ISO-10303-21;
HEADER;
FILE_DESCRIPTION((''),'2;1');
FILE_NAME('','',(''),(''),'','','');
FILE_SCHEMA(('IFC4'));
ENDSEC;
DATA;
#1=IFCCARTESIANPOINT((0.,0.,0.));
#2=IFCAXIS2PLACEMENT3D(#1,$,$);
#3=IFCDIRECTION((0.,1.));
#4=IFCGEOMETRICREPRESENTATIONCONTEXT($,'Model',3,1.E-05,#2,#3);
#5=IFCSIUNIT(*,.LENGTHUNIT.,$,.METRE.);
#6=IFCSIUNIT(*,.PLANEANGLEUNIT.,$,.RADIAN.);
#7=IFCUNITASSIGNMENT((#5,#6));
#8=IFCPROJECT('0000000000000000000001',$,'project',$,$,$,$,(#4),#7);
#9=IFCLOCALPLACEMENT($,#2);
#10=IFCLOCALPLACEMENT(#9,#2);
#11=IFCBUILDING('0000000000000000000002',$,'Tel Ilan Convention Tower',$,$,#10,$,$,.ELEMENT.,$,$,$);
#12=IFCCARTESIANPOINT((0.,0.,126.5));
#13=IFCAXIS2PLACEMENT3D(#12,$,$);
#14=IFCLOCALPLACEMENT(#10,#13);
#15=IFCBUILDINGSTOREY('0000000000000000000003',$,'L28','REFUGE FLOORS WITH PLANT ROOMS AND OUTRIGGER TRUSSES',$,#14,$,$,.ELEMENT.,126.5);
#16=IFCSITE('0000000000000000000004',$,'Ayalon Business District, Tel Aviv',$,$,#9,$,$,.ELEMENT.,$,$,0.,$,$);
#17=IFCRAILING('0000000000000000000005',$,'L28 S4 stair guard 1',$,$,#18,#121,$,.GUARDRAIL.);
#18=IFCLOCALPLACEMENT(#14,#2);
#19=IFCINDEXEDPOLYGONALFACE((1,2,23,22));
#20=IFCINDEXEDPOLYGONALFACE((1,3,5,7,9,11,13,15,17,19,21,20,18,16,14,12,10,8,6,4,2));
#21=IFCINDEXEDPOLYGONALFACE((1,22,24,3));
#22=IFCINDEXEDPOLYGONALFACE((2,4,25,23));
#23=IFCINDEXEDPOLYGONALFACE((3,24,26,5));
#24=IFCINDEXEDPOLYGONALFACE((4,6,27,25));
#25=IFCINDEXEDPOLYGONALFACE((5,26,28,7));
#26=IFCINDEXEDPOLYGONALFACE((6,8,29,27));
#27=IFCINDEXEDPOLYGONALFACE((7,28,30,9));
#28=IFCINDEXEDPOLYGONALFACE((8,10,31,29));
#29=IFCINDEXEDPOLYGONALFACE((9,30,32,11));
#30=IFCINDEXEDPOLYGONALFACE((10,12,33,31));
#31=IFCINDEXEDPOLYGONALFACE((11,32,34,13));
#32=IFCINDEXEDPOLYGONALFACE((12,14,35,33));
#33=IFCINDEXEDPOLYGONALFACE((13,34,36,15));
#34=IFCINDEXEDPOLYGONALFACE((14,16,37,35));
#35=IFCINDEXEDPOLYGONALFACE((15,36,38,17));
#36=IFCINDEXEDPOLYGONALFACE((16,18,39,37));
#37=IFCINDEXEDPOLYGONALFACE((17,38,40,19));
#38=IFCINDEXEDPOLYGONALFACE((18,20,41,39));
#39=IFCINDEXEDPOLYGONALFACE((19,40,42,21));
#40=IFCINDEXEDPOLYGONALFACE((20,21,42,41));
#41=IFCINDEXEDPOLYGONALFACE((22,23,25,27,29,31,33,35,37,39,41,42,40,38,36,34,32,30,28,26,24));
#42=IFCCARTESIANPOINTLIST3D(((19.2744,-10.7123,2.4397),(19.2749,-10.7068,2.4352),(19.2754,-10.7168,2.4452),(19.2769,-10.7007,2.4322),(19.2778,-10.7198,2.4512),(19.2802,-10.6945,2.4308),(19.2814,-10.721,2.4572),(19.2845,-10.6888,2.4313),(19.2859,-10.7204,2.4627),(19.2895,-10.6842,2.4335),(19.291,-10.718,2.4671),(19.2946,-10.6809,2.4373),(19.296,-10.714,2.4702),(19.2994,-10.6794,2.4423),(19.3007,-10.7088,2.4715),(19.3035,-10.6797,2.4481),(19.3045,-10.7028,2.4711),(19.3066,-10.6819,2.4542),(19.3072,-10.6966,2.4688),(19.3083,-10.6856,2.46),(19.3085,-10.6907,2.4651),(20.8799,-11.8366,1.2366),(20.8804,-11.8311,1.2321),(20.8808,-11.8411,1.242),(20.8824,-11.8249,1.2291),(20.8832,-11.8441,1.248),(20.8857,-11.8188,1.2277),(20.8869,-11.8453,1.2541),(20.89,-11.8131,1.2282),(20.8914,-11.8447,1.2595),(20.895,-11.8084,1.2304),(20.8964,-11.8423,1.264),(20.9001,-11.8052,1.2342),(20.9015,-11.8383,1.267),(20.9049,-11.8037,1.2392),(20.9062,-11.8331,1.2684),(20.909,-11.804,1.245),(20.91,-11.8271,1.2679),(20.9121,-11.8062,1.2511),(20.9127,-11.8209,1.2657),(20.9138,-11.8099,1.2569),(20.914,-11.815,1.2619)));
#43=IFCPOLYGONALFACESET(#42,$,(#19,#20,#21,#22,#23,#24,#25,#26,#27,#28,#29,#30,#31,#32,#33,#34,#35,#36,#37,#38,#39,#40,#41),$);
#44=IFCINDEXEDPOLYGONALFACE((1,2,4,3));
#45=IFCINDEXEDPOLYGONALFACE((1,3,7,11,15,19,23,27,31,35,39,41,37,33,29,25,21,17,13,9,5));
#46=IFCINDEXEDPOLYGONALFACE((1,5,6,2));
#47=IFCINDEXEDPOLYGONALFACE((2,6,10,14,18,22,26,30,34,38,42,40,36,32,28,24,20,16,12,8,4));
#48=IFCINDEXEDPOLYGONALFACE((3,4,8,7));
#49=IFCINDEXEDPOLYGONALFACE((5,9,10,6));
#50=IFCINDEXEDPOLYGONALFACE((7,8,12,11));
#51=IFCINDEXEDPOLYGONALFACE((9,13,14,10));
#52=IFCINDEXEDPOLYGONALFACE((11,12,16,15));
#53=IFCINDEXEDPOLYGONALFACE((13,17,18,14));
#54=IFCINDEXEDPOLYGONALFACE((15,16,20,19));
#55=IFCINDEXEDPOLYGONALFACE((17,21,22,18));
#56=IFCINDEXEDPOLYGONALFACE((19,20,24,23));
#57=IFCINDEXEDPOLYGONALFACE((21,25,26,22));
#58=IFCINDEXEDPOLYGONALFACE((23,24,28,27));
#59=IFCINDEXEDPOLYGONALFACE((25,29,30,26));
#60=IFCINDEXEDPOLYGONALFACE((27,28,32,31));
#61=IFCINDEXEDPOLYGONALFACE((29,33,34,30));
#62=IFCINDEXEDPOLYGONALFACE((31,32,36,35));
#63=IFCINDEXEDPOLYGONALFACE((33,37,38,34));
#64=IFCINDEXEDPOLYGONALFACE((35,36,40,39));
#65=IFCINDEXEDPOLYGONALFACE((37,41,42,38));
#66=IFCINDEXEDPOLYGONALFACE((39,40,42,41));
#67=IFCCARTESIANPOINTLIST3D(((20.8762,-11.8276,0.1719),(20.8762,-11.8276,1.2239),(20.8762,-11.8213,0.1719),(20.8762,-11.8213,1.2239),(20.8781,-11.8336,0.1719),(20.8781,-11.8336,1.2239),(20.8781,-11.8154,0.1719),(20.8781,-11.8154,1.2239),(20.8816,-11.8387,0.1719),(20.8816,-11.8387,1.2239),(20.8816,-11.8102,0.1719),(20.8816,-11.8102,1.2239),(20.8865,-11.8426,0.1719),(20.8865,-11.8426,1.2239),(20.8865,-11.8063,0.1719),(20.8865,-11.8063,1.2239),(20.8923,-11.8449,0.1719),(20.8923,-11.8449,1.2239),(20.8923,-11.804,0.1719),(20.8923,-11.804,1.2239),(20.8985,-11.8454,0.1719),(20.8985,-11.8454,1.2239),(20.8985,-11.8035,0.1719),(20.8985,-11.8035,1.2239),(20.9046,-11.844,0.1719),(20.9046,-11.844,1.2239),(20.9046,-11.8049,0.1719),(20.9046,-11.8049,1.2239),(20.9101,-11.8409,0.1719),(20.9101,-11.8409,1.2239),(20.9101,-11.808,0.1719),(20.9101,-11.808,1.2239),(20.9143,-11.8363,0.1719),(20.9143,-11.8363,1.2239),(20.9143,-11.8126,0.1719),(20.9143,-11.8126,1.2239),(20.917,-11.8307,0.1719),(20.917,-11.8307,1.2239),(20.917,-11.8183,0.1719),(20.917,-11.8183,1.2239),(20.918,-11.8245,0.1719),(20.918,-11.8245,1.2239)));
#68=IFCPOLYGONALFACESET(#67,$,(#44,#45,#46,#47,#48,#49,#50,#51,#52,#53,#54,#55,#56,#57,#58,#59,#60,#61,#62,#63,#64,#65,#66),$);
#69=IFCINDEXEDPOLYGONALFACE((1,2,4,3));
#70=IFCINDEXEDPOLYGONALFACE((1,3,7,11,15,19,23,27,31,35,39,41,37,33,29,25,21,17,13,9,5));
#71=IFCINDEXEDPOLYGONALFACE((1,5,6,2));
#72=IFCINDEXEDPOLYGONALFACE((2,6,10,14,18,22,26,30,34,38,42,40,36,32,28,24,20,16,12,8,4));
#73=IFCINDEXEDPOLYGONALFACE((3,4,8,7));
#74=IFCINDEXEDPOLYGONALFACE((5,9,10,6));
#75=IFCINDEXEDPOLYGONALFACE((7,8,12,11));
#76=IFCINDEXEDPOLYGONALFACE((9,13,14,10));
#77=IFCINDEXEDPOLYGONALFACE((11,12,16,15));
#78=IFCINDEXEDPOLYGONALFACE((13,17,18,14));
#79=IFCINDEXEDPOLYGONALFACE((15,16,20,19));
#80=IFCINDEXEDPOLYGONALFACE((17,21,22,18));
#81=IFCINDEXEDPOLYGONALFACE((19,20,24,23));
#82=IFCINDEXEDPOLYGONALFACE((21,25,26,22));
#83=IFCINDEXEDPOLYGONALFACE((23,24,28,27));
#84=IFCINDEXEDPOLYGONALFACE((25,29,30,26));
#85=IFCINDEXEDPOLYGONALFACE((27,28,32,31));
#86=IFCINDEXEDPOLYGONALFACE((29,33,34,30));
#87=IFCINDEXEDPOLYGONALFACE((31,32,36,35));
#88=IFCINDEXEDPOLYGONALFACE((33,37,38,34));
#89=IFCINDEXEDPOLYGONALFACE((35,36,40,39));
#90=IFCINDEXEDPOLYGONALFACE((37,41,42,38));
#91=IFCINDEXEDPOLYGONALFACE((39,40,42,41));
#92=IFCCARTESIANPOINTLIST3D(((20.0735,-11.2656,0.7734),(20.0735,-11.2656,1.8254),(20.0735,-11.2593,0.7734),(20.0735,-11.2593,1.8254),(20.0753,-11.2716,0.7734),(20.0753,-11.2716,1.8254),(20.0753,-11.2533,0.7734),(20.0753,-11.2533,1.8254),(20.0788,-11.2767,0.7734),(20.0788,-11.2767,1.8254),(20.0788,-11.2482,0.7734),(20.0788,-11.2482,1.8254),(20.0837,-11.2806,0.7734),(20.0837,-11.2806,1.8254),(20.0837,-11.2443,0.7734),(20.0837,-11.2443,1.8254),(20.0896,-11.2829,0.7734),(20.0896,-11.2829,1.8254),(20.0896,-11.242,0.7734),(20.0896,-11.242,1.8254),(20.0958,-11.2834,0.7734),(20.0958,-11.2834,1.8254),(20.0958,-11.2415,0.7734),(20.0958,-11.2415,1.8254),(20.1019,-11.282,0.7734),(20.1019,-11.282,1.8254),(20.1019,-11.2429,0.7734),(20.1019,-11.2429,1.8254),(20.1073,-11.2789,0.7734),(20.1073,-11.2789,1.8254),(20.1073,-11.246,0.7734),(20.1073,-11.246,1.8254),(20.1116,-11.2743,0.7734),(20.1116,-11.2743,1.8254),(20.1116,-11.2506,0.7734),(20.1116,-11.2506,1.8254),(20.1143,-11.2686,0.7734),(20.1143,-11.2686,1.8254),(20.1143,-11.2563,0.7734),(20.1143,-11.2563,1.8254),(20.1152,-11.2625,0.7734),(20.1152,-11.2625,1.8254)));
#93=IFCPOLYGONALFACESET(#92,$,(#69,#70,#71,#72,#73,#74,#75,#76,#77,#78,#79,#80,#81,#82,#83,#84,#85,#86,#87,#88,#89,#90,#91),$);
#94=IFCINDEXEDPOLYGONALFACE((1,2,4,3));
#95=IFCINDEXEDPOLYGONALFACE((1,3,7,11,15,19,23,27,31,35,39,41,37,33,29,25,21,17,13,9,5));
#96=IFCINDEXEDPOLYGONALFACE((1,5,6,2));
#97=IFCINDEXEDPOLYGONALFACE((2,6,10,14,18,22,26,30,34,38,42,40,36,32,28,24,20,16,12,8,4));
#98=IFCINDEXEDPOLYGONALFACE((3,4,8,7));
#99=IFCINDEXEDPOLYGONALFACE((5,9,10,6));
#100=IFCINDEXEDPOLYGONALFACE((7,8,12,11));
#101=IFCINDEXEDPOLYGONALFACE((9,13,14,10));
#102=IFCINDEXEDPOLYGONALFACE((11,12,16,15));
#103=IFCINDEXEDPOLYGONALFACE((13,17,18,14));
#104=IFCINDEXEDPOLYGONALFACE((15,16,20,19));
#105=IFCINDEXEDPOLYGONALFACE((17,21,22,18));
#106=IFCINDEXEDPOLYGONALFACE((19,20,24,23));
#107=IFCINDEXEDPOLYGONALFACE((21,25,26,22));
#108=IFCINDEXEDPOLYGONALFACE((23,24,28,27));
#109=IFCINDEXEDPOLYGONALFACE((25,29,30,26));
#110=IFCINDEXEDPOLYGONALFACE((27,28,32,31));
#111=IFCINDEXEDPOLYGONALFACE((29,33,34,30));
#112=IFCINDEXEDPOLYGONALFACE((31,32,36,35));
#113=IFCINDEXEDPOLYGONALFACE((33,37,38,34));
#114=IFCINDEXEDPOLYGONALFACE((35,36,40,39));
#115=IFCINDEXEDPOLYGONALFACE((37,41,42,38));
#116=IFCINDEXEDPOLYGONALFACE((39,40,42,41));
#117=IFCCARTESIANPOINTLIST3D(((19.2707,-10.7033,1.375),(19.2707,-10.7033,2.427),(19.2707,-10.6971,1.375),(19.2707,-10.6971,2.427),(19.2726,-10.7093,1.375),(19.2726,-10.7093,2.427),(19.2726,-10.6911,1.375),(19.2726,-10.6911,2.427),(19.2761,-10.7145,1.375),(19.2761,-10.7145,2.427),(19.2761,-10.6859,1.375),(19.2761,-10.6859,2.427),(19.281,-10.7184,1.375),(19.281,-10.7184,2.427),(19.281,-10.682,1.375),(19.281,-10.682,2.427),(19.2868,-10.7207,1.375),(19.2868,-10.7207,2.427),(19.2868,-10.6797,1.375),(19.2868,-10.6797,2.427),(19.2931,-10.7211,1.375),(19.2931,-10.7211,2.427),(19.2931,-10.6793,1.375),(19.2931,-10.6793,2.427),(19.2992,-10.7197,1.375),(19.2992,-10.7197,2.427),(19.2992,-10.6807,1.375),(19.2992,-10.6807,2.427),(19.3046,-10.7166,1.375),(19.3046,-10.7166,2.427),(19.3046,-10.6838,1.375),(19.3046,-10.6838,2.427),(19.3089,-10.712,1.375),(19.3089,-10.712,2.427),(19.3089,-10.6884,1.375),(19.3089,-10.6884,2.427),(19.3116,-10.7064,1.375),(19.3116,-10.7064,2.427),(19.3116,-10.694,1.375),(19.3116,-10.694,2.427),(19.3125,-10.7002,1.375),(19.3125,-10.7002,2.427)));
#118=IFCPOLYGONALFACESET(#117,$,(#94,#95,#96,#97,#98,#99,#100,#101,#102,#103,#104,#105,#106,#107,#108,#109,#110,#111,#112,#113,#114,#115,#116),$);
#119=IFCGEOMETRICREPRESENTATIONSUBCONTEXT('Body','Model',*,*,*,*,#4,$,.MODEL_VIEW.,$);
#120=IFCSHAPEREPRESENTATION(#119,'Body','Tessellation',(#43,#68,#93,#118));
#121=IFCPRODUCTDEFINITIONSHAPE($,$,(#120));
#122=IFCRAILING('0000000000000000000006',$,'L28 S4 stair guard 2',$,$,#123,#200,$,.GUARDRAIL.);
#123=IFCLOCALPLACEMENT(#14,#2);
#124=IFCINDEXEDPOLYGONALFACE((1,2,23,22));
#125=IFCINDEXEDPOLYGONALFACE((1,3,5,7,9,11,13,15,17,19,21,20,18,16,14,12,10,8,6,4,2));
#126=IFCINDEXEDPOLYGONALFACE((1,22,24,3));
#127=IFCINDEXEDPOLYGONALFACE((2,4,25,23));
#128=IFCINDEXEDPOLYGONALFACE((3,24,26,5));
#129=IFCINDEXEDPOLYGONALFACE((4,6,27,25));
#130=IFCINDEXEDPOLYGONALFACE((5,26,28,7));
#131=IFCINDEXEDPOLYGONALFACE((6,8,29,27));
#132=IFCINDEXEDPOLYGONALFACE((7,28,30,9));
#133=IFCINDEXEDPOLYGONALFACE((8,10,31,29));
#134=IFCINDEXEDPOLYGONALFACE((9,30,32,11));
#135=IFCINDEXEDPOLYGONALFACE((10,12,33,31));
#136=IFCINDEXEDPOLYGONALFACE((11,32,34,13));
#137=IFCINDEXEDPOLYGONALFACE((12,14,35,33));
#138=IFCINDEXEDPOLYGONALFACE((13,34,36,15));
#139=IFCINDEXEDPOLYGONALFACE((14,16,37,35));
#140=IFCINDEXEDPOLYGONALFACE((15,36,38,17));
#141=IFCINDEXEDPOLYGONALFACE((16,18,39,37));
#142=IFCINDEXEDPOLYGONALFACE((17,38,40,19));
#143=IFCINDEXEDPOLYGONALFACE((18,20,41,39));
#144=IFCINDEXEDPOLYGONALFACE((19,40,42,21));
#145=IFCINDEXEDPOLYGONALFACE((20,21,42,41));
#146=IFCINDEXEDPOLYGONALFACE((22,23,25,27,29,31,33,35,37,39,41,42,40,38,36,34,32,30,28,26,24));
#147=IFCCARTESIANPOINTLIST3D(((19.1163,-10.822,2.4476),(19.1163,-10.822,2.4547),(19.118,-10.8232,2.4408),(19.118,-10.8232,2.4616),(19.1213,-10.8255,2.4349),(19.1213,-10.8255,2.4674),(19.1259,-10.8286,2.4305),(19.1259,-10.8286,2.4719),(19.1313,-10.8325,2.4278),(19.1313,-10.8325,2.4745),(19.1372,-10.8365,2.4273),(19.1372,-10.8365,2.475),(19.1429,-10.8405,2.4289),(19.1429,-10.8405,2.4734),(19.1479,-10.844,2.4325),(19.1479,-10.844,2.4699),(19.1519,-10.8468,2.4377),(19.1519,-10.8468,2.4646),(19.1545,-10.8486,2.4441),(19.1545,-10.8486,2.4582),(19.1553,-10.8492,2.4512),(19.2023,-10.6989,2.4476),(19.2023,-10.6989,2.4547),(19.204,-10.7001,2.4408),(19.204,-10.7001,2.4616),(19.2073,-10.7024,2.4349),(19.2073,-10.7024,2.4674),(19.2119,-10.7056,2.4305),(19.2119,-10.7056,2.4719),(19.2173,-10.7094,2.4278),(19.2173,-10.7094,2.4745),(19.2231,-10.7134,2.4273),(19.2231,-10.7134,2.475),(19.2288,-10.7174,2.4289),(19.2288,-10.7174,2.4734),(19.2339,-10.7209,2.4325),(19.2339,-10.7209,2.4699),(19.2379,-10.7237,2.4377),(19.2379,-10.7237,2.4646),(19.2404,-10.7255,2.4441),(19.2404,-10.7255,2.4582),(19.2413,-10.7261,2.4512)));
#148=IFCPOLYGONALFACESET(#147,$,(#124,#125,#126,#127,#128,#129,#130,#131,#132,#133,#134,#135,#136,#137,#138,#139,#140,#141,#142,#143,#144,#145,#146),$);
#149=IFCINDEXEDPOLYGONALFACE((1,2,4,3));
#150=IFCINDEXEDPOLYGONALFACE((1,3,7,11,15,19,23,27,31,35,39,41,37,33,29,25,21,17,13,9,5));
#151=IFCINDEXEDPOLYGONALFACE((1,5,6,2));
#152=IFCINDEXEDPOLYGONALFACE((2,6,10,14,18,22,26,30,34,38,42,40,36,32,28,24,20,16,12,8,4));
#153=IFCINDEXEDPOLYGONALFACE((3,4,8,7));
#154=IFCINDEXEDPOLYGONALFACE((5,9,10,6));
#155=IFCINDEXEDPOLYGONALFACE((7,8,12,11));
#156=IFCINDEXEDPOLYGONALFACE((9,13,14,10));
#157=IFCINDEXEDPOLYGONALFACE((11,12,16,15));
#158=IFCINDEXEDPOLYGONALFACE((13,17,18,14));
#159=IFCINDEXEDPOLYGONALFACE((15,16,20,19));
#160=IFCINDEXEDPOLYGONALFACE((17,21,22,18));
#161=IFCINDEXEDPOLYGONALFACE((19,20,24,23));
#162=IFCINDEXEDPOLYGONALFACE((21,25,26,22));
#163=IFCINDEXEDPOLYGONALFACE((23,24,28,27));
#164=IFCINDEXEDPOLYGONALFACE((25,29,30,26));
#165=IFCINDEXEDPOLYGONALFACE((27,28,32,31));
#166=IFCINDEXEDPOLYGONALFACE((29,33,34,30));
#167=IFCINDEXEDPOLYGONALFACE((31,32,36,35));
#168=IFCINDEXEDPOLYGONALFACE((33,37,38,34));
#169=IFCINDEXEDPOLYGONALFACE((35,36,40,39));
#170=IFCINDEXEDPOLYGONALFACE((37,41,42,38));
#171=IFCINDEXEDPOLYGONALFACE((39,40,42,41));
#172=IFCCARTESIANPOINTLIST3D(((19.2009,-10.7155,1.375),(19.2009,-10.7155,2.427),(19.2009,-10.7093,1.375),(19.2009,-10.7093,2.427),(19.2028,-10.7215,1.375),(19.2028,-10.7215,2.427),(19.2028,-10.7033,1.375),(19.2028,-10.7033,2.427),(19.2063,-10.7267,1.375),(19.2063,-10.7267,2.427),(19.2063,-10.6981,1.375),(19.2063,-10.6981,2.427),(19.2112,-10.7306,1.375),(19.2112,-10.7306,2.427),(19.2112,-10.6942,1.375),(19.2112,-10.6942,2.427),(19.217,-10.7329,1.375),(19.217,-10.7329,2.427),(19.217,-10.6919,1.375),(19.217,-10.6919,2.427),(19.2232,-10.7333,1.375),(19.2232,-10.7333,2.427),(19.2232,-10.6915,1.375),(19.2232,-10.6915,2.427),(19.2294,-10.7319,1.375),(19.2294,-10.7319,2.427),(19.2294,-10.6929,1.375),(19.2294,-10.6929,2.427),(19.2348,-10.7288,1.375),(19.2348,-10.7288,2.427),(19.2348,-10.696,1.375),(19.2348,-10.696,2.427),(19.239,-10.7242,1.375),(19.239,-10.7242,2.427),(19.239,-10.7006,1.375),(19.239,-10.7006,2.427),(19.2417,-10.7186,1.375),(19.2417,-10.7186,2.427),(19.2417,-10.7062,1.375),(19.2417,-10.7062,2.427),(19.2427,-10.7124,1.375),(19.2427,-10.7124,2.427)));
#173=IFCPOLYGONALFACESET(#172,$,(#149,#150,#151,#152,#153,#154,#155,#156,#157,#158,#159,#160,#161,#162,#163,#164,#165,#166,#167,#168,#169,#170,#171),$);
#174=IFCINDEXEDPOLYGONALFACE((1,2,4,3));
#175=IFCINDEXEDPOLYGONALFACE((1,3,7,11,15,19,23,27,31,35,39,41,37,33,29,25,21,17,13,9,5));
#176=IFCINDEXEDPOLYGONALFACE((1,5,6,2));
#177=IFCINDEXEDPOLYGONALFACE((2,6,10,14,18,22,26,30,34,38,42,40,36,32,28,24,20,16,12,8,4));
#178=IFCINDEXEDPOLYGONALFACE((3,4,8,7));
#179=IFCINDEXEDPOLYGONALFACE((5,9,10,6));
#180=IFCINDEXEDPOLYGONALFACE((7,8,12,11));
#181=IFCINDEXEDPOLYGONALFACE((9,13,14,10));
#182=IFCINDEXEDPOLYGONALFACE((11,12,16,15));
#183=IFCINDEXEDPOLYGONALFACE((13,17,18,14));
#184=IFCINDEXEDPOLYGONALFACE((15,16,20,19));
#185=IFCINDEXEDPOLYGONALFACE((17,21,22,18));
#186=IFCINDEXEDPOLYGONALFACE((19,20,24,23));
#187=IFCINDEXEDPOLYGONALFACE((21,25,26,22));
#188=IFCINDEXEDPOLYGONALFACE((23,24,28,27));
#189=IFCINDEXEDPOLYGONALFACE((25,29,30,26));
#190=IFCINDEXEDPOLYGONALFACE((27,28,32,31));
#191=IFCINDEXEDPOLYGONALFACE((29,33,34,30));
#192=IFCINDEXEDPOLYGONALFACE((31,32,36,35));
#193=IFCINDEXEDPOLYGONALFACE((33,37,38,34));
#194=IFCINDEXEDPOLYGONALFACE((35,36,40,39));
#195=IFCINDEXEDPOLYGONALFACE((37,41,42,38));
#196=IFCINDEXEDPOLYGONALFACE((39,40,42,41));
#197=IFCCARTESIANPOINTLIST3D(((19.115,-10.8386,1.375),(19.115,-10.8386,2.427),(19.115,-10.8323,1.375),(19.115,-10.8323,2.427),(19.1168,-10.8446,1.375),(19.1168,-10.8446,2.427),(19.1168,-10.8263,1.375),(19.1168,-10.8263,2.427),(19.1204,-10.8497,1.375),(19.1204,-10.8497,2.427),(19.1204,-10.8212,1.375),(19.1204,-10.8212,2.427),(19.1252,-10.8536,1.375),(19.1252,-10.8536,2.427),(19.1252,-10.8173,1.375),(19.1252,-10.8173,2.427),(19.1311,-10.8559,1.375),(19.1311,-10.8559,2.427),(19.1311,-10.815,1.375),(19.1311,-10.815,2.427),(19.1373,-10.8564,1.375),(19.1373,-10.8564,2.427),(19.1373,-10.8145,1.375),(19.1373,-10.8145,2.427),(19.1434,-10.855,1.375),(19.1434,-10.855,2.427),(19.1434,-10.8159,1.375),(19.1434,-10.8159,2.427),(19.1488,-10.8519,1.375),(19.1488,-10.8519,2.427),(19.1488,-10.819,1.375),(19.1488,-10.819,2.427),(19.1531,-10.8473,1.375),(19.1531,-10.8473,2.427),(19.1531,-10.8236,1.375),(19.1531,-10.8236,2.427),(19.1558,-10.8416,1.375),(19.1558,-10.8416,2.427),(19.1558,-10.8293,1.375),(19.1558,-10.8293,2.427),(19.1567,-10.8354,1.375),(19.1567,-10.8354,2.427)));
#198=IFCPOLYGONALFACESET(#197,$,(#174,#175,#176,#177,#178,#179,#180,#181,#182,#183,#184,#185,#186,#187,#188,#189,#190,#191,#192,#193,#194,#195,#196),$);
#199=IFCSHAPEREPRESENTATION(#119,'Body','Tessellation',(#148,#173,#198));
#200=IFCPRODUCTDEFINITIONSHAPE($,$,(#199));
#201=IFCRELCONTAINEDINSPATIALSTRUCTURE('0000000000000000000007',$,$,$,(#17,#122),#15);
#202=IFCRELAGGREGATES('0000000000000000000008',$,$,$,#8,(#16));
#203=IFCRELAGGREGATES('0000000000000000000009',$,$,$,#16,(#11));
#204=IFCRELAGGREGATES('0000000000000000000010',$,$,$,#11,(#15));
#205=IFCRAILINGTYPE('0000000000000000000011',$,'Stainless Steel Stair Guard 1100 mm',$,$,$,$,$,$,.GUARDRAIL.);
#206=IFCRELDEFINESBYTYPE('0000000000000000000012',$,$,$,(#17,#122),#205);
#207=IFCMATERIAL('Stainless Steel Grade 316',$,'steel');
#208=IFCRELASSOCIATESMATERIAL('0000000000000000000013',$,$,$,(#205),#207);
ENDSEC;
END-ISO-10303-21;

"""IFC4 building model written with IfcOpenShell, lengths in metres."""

from ifc_helpers import new_model, si_unit, direction, frame, origin, origin_2d, place, context, subcontext, project, spatial, circle, extrude, material, type_object, element, save


model = new_model("IFC4")

# Units and contexts
model_context = context("Model", 3, precision=1e-05, world=origin(), true_north=direction((0.0, 1.0)))
body_context = subcontext(model_context, "Body", "Model", "MODEL_VIEW")
ifc_project = project(units=[si_unit("LENGTHUNIT", "METRE"), si_unit("PLANEANGLEUNIT", "RADIAN")], contexts=[model_context])

# Site, building, storey
site_placement = place(None, origin())
site = spatial("IfcSite", under=ifc_project, at=site_placement, Name="Ayalon Business District, Tel Aviv", CompositionType="ELEMENT", RefElevation=0.0)
building_placement = place(site_placement, origin())
building = spatial("IfcBuilding", under=site, at=building_placement, Name="Tel Ilan Convention Tower", CompositionType="ELEMENT")
storey_placement = place(building_placement, frame((0.0, 0.0, 126.5)))
storey = spatial("IfcBuildingStorey", under=building, at=storey_placement, Name="L28", Description="REFUGE FLOORS WITH PLANT ROOMS AND OUTRIGGER TRUSSES", CompositionType="ELEMENT", Elevation=126.5)

# Railings
ifc_material_1 = material(Name="Stainless Steel Grade 316", Category="steel")
railing_type_1 = type_object("IfcRailingType", Name="Stainless Steel Stair Guard 1100 mm", PredefinedType="GUARDRAIL", material=ifc_material_1)
railing_1_placement = place(storey_placement, frame((20.897, -11.8245, 0.1719)))
element("IfcRailing", 1, at=railing_1_placement, inside=storey, type_object=railing_type_1, Name="L28 S4 stair guard 1", PredefinedType="GUARDRAIL", context=body_context, shape_type="SweptSolid", body=[
    extrude(circle(Radius=0.0239, at=origin_2d()), frame((0.0, 0.0, 1.0762), z_axis=(-0.698095, 0.488857, 0.523146), x_axis=(-0.573613, -0.819127, 0.0)), (0.0, 0.0, 1.0), 2.2998),
    extrude(circle(Radius=0.021, at=origin_2d()), origin(), (0.0, 0.0, 1.0), 1.052),
    extrude(circle(Radius=0.021, at=origin_2d()), frame((-0.8027, 0.562, 0.6016)), (0.0, 0.0, 1.0), 1.052),
    extrude(circle(Radius=0.021, at=origin_2d()), frame((-1.6055, 1.1243, 1.2031)), (0.0, 0.0, 1.0), 1.052),
])
railing_2_placement = place(storey_placement, frame((19.2217, -10.7124, 1.375)))
element("IfcRailing", 2, at=railing_2_placement, inside=storey, type_object=railing_type_1, Name="L28 S4 stair guard 2", PredefinedType="GUARDRAIL", context=body_context, shape_type="SweptSolid", body=[
    extrude(circle(Radius=0.0239, at=origin_2d()), frame((0.0, 0.0, 1.0762), z_axis=(-0.572589, -0.819843, 0.0), x_axis=(0.819843, -0.572589, 0.0)), (0.0, 0.0, 1.0), 0.1501),
    extrude(circle(Radius=0.021, at=origin_2d()), origin(), (0.0, 0.0, 1.0), 1.052),
    extrude(circle(Radius=0.021, at=origin_2d()), frame((-0.0859, -0.123, 0.0)), (0.0, 0.0, 1.0), 1.052),
])

save(model, "model.ifc")
